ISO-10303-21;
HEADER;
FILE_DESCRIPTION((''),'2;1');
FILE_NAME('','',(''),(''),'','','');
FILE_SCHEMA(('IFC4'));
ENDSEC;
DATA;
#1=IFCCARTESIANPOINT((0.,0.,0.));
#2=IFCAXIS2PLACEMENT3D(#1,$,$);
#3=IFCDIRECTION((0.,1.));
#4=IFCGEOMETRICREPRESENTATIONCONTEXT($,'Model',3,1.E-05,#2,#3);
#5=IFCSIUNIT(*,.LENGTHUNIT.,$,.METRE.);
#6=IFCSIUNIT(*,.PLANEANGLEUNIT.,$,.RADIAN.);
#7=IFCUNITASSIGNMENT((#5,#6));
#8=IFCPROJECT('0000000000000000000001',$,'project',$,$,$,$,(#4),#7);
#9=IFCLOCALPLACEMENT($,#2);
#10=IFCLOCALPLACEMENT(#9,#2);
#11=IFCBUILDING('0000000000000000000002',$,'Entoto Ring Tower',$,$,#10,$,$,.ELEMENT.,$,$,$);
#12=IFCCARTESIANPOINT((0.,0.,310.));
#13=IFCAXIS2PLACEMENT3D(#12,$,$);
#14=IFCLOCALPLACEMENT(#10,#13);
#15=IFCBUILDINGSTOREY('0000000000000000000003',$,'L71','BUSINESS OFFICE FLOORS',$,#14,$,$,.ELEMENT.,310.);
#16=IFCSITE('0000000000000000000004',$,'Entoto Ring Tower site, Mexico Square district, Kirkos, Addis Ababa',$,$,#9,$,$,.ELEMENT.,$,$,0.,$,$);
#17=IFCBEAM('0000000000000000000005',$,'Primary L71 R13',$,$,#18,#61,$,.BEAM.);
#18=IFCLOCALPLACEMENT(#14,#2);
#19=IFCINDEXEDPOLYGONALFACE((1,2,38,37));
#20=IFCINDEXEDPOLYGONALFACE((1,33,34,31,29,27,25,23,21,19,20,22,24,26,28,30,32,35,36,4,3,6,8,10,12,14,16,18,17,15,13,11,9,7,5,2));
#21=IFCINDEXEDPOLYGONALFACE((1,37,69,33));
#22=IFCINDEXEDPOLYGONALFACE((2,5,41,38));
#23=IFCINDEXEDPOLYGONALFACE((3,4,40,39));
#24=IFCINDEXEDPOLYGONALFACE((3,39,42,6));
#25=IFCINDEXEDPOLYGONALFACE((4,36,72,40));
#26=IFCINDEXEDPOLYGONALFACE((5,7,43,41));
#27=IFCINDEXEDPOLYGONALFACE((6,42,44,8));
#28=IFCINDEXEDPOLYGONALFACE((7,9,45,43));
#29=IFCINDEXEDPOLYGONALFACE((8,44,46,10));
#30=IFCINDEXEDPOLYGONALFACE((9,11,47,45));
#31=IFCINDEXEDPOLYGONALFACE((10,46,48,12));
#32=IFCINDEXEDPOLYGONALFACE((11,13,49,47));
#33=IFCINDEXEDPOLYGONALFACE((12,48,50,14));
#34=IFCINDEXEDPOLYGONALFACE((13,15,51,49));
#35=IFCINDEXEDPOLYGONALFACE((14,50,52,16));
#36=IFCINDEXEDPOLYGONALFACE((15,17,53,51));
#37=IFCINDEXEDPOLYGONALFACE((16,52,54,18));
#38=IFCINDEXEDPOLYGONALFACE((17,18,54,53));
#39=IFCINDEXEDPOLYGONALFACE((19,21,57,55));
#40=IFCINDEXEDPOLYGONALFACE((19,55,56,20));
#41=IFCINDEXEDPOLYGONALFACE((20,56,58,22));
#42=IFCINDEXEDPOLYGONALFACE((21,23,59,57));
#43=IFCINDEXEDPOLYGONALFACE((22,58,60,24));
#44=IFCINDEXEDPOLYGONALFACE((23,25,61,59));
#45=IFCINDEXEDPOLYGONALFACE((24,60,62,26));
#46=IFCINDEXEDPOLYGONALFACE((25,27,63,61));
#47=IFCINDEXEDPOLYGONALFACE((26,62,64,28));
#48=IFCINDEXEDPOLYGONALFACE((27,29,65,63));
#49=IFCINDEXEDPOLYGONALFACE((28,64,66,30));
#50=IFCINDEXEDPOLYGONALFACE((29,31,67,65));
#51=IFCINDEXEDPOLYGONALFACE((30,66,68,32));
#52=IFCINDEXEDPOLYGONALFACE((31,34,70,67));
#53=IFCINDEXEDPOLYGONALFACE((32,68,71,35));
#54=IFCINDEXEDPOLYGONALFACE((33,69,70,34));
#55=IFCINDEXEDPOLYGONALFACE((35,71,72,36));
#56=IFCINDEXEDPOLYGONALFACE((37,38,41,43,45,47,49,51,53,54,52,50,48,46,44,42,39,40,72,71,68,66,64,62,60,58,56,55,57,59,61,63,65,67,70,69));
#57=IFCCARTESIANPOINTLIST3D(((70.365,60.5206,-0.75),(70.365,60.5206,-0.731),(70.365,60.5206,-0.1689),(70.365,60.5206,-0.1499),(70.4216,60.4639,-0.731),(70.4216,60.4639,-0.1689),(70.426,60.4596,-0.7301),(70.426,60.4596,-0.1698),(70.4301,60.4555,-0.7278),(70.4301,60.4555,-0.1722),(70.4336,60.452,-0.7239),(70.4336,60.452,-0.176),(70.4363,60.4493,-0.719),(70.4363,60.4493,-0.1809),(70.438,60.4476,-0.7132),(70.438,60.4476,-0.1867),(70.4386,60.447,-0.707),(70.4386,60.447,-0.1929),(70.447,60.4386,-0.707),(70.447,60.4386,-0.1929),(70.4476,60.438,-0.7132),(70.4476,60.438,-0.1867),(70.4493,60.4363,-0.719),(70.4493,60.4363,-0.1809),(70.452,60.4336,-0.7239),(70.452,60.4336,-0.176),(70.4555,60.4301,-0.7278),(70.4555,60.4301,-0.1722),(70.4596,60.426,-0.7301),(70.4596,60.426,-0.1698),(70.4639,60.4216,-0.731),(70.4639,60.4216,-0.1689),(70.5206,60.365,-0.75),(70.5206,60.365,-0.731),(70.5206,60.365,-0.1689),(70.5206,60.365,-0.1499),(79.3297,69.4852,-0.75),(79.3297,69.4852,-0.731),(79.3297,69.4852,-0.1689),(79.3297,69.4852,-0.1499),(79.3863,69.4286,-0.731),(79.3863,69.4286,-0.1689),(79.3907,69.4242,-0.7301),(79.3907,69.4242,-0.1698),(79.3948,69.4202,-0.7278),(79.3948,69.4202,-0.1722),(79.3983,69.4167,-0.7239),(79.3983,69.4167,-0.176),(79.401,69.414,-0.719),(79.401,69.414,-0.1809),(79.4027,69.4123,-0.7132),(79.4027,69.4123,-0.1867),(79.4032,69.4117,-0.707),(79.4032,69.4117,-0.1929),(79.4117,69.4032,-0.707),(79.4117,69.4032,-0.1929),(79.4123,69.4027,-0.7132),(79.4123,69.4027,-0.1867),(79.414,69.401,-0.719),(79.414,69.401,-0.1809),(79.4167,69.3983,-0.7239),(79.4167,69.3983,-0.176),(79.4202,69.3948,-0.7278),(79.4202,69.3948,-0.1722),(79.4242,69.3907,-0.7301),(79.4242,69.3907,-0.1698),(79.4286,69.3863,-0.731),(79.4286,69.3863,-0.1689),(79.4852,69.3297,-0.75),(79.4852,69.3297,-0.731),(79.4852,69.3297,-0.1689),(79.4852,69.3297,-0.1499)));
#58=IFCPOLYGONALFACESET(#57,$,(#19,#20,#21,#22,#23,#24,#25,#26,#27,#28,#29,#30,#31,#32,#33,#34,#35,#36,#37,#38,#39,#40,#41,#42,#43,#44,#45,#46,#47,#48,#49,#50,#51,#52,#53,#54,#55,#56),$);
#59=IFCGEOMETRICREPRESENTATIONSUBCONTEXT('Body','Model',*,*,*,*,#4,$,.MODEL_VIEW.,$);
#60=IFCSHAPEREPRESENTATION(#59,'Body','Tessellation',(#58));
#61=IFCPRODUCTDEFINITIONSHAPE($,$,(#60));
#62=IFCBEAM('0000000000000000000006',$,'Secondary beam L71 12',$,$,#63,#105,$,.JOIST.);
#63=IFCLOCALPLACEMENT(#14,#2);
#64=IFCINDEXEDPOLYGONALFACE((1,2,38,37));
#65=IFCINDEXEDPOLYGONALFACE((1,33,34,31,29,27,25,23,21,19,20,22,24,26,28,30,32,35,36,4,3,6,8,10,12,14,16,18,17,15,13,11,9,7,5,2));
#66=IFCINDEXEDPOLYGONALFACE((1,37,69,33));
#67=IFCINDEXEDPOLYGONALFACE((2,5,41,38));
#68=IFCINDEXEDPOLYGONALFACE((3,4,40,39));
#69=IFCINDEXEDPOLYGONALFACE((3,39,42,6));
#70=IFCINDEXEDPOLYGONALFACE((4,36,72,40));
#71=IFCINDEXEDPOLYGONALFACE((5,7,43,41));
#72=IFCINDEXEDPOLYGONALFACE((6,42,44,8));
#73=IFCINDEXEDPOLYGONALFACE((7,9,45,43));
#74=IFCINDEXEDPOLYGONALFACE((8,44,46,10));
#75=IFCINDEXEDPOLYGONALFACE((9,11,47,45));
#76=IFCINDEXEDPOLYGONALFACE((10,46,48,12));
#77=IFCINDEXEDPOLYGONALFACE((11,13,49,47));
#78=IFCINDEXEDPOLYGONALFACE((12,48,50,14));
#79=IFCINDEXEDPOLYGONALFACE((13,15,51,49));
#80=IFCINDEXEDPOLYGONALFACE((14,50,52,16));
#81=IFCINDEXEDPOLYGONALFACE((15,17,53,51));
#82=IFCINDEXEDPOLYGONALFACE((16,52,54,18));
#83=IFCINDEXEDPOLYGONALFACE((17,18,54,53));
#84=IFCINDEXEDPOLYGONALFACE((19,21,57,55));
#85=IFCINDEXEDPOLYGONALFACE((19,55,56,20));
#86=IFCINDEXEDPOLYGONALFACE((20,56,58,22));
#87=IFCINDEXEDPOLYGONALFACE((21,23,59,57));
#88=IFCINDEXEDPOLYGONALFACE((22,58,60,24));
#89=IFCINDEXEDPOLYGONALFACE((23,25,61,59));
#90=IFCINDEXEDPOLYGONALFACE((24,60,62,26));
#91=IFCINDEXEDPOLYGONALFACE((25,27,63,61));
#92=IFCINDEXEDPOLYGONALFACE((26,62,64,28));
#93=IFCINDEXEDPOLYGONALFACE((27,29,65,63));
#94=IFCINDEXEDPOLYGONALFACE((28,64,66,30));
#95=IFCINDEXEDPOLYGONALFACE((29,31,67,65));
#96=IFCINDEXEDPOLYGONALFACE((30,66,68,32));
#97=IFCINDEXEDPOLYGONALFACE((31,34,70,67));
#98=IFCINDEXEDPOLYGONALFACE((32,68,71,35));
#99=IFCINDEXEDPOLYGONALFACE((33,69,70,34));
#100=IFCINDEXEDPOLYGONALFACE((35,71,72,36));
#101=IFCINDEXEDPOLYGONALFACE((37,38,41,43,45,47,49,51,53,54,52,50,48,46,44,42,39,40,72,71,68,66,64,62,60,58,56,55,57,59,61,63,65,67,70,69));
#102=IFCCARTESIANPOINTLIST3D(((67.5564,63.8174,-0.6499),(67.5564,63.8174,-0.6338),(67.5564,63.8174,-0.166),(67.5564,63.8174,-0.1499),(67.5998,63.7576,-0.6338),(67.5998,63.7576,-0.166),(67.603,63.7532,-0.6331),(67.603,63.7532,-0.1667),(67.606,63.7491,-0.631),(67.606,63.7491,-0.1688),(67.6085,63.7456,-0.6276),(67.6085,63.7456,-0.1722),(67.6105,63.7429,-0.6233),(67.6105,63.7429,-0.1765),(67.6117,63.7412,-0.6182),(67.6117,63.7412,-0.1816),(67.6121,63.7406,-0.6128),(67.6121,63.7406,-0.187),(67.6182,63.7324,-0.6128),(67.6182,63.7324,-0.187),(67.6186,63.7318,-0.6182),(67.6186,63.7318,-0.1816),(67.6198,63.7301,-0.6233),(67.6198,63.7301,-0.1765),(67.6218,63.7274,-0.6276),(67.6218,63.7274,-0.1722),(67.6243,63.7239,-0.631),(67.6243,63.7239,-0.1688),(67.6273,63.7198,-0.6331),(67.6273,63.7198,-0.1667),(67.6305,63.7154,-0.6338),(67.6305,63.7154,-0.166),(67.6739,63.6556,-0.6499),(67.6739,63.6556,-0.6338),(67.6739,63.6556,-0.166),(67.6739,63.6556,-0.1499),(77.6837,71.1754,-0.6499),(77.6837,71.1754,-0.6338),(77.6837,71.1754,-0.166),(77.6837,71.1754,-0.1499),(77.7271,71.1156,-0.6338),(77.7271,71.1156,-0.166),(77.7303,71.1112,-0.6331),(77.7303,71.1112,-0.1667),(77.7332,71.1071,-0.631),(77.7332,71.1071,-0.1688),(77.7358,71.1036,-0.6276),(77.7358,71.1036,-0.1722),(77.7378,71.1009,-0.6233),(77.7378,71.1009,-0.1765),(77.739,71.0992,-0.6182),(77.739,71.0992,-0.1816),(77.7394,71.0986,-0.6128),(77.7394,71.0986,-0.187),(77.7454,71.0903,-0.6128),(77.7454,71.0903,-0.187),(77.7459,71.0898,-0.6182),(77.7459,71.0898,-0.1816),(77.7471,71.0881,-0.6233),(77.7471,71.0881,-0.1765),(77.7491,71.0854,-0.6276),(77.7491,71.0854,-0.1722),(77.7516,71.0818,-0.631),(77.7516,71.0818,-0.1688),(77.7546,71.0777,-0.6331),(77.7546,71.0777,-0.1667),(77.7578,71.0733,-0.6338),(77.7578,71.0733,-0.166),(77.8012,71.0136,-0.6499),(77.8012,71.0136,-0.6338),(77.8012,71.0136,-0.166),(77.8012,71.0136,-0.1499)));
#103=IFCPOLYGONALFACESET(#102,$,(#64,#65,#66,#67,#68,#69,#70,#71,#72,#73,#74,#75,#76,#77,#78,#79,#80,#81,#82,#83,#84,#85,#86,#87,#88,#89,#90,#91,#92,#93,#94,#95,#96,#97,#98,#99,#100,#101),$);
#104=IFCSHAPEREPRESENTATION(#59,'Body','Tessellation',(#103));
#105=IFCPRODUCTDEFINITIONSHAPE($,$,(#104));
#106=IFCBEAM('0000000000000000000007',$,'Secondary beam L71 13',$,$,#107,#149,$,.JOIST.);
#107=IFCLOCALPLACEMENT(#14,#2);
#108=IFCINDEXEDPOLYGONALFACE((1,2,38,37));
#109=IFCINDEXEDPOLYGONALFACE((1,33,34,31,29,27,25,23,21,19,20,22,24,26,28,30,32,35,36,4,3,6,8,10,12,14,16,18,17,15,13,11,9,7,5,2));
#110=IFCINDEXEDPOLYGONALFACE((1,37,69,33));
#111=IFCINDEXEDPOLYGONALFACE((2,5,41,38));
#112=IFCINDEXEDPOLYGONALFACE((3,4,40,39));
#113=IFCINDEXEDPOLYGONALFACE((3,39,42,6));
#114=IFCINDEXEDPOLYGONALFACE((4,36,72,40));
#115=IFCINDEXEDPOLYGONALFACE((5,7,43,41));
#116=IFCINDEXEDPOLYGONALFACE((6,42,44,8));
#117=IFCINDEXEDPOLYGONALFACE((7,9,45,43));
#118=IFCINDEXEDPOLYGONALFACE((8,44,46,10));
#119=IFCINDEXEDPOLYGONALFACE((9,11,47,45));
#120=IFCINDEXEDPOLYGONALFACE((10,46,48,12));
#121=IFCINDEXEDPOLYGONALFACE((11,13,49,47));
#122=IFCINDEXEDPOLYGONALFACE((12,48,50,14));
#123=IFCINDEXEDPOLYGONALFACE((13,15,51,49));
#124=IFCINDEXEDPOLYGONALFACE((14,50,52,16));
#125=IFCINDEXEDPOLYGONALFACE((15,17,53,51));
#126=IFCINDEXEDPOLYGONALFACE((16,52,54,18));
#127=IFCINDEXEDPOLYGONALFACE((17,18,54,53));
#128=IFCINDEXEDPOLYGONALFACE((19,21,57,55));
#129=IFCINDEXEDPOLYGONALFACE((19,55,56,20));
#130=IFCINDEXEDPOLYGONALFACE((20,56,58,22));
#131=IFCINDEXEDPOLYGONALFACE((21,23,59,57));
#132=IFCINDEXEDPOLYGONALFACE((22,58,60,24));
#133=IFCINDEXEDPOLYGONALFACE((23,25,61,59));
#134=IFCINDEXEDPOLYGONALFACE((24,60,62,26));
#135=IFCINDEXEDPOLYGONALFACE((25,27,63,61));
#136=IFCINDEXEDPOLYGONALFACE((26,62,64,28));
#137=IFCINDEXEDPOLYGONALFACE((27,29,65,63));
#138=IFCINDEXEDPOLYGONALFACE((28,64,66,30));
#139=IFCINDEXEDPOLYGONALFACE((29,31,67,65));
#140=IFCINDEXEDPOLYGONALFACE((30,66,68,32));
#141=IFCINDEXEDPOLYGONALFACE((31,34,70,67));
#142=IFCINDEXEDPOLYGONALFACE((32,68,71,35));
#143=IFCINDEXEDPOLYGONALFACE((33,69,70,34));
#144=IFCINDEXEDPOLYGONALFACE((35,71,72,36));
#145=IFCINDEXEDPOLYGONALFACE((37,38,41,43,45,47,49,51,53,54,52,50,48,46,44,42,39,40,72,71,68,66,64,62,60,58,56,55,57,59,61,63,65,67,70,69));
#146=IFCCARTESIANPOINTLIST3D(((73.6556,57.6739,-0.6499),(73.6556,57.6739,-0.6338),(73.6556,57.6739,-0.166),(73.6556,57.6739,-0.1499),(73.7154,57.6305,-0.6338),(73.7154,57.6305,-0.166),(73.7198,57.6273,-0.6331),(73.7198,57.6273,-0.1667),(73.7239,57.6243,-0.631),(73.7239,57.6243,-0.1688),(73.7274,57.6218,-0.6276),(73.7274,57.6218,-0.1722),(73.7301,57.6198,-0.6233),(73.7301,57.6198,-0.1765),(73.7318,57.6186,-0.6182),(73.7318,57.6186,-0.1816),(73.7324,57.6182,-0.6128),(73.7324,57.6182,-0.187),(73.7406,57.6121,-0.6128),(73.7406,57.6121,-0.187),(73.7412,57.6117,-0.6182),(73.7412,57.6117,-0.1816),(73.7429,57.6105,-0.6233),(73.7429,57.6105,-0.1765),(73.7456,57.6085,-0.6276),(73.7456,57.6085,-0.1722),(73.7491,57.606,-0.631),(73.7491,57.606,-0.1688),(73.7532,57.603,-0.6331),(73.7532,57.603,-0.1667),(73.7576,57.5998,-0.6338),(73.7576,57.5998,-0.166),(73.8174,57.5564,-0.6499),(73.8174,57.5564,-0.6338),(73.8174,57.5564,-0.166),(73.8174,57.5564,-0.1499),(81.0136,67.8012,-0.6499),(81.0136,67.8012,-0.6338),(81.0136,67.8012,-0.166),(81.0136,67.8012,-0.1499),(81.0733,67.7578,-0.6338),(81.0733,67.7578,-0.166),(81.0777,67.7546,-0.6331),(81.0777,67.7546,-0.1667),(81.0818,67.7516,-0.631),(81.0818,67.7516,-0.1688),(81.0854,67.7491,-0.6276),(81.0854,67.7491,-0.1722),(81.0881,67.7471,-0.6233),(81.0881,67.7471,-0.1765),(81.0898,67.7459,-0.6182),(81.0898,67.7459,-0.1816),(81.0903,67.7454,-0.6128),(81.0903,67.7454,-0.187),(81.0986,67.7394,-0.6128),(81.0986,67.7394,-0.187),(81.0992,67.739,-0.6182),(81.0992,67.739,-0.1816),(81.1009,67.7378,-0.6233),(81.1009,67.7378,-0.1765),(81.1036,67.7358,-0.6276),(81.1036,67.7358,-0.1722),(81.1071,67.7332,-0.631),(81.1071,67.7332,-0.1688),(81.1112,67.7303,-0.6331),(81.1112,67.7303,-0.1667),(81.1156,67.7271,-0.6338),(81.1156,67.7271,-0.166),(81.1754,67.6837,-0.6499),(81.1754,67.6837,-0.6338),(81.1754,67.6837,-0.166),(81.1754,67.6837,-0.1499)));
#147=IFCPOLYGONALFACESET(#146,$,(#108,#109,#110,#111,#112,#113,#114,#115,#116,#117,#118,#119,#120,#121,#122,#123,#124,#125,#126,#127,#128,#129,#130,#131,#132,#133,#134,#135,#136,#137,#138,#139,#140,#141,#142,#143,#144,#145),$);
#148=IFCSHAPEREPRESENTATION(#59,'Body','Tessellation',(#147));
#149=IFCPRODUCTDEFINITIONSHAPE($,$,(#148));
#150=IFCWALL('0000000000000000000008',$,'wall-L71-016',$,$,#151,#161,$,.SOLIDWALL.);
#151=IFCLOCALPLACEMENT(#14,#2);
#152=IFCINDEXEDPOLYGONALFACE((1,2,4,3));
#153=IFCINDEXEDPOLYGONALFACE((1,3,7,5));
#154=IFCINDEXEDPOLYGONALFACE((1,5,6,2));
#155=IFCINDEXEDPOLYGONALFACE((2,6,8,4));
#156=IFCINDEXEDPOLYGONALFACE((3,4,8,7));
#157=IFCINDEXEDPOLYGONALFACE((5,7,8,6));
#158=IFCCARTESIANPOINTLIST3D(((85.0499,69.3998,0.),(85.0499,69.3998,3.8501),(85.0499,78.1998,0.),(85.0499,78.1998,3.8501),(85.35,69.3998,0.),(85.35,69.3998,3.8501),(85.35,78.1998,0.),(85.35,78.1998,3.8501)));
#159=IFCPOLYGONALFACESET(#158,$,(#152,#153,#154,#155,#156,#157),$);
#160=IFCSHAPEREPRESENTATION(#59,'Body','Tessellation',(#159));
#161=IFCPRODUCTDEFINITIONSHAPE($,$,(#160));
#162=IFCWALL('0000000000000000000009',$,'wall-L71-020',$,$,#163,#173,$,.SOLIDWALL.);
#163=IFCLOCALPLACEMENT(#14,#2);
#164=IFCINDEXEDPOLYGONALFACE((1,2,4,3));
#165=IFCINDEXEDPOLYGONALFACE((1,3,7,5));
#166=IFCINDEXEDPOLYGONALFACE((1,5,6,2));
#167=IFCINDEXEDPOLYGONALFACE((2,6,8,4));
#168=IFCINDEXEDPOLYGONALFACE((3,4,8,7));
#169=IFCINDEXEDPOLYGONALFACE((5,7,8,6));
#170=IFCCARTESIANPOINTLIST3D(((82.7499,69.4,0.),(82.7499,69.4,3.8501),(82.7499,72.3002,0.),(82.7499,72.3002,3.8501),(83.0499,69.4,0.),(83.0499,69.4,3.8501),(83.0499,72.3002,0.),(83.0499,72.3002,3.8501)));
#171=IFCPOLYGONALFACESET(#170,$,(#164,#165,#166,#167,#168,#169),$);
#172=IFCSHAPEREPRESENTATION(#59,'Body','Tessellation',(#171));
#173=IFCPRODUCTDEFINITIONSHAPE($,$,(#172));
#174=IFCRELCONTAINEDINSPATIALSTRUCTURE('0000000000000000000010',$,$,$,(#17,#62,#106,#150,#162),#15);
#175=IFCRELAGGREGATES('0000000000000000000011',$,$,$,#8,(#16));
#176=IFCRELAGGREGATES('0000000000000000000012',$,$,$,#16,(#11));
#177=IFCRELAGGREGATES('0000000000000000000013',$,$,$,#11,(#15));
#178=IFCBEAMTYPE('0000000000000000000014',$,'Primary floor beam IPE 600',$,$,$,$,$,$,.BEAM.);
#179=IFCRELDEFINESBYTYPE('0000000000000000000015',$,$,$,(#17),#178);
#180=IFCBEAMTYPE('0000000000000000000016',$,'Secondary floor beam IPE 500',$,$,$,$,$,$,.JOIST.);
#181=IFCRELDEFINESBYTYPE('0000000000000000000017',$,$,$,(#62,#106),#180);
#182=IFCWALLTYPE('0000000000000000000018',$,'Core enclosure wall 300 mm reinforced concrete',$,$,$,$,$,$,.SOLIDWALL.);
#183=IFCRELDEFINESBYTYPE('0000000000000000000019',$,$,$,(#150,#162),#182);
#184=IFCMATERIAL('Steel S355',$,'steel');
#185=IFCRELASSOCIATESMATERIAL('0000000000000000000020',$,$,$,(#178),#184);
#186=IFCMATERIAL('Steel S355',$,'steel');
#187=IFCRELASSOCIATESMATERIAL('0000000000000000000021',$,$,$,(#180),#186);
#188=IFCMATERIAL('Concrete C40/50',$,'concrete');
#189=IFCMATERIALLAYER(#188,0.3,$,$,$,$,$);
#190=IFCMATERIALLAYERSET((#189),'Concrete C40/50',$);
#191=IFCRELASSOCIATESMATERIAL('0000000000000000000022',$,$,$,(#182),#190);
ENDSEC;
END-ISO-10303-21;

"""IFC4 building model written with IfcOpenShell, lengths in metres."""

from ifc_helpers import new_model, si_unit, direction, frame, frame_2d, origin, origin_2d, place, context, subcontext, project, spatial, rectangle, i_section, extrude, material, layer, layer_set, material_profile, profile_set, type_object, element, save


model = new_model("IFC4")

# Units and contexts
model_context = context("Model", 3, precision=1e-05, world=origin(), true_north=direction((0.0, 1.0)))
body_context = subcontext(model_context, "Body", "Model", "MODEL_VIEW")
ifc_project = project(units=[si_unit("LENGTHUNIT", "METRE"), si_unit("PLANEANGLEUNIT", "RADIAN")], contexts=[model_context])

# Site, building, storey
site_placement = place(None, origin())
site = spatial("IfcSite", under=ifc_project, at=site_placement, Name="Entoto Ring Tower site, Mexico Square district, Kirkos, Addis Ababa", CompositionType="ELEMENT", RefElevation=0.0)
building_placement = place(site_placement, origin())
building = spatial("IfcBuilding", under=site, at=building_placement, Name="Entoto Ring Tower", CompositionType="ELEMENT")
storey_placement = place(building_placement, frame((0.0, 0.0, 310.0)))
storey = spatial("IfcBuildingStorey", under=building, at=storey_placement, Name="L71", Description="BUSINESS OFFICE FLOORS", CompositionType="ELEMENT", Elevation=310.0)

# Beams
ifc_material_1 = material(Name="Steel S355", Category="steel")
ifc_material_profile_1 = material_profile(ifc_material_1, i_section(OverallWidth=0.22, OverallDepth=0.6001, WebThickness=0.012, FlangeThickness=0.019, FilletRadius=0.0239, at=origin_2d()), Name="IPE 600")
ifc_profile_set_1 = profile_set([ifc_material_profile_1], Name="Steel S355")
beam_type_1 = type_object("IfcBeamType", Name="Primary floor beam IPE 600", PredefinedType="BEAM", material=ifc_profile_set_1)
beam_1_placement = place(storey_placement, frame((79.4075, 69.4075, -0.45), z_axis=(-0.707107, -0.707107, 0.0), x_axis=(0.707107, -0.707107, 0.0)))
element("IfcBeam", 1, at=beam_1_placement, inside=storey, type_object=beam_type_1, Name="Primary L71 R13", PredefinedType="BEAM", context=body_context, shape_type="SweptSolid", body=[
    extrude(i_section(OverallWidth=0.22, OverallDepth=0.6001, WebThickness=0.012, FlangeThickness=0.019, FilletRadius=0.0239, at=origin_2d()), origin(), (0.0, 0.0, 1.0), 12.678),
])
ifc_material_2 = material(Name="Steel S355", Category="steel")
ifc_material_profile_2 = material_profile(ifc_material_2, i_section(OverallWidth=0.2, OverallDepth=0.5, WebThickness=0.0103, FlangeThickness=0.0161, FilletRadius=0.021, at=origin_2d()), Name="IPE 500")
ifc_profile_set_2 = profile_set([ifc_material_profile_2], Name="Steel S355")
beam_type_2 = type_object("IfcBeamType", Name="Secondary floor beam IPE 500", PredefinedType="JOIST", material=ifc_profile_set_2)
for number, where, z_axis, x_axis, name in (
    (2, (77.7424, 71.0945, -0.3999), (-0.809014, -0.587789, 0.0), (0.587789, -0.809014, 0.0), "Secondary beam L71 12"),
    (3, (81.0945, 67.7424, -0.3999), (-0.587789, -0.809014, 0.0), (0.809014, -0.587789, 0.0), "Secondary beam L71 13"),
):
    element("IfcBeam", number, at=place(storey_placement, frame(where, z_axis=z_axis, x_axis=x_axis)), inside=storey, type_object=beam_type_2, Name=name, PredefinedType="JOIST", context=body_context, shape_type="SweptSolid", body=[
        extrude(i_section(OverallWidth=0.2, OverallDepth=0.5, WebThickness=0.0103, FlangeThickness=0.0161, FilletRadius=0.021, at=origin_2d()), origin(), (0.0, 0.0, 1.0), 12.5181),
    ])

# Walls
ifc_material_3 = material(Name="Concrete C40/50", Category="concrete")
ifc_layer_1 = layer(ifc_material_3, 0.3)
ifc_layer_set_1 = layer_set([ifc_layer_1], Name="Concrete C40/50")
wall_type_1 = type_object("IfcWallType", Name="Core enclosure wall 300 mm reinforced concrete", PredefinedType="SOLIDWALL", material=ifc_layer_set_1)
wall_1_placement = place(storey_placement, frame((85.2, 69.3999, 0.0), z_axis=(0.0, 0.0, 1.0), x_axis=(0.0, 1.0, 0.0)))
element("IfcWall", 4, at=wall_1_placement, inside=storey, type_object=wall_type_1, Name="wall-L71-016", PredefinedType="SOLIDWALL", context=body_context, shape_type="SweptSolid", body=[
    extrude(rectangle(XDim=8.8, YDim=0.3, at=frame_2d((4.3999, 0.0))), origin(), (0.0, 0.0, 1.0), 3.8501),
])
wall_2_placement = place(storey_placement, frame((82.8999, 69.3999, 0.0), z_axis=(0.0, 0.0, 1.0), x_axis=(0.0, 1.0, 0.0)))
element("IfcWall", 5, at=wall_2_placement, inside=storey, type_object=wall_type_1, Name="wall-L71-020", PredefinedType="SOLIDWALL", context=body_context, shape_type="SweptSolid", body=[
    extrude(rectangle(XDim=2.9001, YDim=0.3, at=frame_2d((1.4502, 0.0))), origin(), (0.0, 0.0, 1.0), 3.8501),
])

save(model, "model.ifc")
